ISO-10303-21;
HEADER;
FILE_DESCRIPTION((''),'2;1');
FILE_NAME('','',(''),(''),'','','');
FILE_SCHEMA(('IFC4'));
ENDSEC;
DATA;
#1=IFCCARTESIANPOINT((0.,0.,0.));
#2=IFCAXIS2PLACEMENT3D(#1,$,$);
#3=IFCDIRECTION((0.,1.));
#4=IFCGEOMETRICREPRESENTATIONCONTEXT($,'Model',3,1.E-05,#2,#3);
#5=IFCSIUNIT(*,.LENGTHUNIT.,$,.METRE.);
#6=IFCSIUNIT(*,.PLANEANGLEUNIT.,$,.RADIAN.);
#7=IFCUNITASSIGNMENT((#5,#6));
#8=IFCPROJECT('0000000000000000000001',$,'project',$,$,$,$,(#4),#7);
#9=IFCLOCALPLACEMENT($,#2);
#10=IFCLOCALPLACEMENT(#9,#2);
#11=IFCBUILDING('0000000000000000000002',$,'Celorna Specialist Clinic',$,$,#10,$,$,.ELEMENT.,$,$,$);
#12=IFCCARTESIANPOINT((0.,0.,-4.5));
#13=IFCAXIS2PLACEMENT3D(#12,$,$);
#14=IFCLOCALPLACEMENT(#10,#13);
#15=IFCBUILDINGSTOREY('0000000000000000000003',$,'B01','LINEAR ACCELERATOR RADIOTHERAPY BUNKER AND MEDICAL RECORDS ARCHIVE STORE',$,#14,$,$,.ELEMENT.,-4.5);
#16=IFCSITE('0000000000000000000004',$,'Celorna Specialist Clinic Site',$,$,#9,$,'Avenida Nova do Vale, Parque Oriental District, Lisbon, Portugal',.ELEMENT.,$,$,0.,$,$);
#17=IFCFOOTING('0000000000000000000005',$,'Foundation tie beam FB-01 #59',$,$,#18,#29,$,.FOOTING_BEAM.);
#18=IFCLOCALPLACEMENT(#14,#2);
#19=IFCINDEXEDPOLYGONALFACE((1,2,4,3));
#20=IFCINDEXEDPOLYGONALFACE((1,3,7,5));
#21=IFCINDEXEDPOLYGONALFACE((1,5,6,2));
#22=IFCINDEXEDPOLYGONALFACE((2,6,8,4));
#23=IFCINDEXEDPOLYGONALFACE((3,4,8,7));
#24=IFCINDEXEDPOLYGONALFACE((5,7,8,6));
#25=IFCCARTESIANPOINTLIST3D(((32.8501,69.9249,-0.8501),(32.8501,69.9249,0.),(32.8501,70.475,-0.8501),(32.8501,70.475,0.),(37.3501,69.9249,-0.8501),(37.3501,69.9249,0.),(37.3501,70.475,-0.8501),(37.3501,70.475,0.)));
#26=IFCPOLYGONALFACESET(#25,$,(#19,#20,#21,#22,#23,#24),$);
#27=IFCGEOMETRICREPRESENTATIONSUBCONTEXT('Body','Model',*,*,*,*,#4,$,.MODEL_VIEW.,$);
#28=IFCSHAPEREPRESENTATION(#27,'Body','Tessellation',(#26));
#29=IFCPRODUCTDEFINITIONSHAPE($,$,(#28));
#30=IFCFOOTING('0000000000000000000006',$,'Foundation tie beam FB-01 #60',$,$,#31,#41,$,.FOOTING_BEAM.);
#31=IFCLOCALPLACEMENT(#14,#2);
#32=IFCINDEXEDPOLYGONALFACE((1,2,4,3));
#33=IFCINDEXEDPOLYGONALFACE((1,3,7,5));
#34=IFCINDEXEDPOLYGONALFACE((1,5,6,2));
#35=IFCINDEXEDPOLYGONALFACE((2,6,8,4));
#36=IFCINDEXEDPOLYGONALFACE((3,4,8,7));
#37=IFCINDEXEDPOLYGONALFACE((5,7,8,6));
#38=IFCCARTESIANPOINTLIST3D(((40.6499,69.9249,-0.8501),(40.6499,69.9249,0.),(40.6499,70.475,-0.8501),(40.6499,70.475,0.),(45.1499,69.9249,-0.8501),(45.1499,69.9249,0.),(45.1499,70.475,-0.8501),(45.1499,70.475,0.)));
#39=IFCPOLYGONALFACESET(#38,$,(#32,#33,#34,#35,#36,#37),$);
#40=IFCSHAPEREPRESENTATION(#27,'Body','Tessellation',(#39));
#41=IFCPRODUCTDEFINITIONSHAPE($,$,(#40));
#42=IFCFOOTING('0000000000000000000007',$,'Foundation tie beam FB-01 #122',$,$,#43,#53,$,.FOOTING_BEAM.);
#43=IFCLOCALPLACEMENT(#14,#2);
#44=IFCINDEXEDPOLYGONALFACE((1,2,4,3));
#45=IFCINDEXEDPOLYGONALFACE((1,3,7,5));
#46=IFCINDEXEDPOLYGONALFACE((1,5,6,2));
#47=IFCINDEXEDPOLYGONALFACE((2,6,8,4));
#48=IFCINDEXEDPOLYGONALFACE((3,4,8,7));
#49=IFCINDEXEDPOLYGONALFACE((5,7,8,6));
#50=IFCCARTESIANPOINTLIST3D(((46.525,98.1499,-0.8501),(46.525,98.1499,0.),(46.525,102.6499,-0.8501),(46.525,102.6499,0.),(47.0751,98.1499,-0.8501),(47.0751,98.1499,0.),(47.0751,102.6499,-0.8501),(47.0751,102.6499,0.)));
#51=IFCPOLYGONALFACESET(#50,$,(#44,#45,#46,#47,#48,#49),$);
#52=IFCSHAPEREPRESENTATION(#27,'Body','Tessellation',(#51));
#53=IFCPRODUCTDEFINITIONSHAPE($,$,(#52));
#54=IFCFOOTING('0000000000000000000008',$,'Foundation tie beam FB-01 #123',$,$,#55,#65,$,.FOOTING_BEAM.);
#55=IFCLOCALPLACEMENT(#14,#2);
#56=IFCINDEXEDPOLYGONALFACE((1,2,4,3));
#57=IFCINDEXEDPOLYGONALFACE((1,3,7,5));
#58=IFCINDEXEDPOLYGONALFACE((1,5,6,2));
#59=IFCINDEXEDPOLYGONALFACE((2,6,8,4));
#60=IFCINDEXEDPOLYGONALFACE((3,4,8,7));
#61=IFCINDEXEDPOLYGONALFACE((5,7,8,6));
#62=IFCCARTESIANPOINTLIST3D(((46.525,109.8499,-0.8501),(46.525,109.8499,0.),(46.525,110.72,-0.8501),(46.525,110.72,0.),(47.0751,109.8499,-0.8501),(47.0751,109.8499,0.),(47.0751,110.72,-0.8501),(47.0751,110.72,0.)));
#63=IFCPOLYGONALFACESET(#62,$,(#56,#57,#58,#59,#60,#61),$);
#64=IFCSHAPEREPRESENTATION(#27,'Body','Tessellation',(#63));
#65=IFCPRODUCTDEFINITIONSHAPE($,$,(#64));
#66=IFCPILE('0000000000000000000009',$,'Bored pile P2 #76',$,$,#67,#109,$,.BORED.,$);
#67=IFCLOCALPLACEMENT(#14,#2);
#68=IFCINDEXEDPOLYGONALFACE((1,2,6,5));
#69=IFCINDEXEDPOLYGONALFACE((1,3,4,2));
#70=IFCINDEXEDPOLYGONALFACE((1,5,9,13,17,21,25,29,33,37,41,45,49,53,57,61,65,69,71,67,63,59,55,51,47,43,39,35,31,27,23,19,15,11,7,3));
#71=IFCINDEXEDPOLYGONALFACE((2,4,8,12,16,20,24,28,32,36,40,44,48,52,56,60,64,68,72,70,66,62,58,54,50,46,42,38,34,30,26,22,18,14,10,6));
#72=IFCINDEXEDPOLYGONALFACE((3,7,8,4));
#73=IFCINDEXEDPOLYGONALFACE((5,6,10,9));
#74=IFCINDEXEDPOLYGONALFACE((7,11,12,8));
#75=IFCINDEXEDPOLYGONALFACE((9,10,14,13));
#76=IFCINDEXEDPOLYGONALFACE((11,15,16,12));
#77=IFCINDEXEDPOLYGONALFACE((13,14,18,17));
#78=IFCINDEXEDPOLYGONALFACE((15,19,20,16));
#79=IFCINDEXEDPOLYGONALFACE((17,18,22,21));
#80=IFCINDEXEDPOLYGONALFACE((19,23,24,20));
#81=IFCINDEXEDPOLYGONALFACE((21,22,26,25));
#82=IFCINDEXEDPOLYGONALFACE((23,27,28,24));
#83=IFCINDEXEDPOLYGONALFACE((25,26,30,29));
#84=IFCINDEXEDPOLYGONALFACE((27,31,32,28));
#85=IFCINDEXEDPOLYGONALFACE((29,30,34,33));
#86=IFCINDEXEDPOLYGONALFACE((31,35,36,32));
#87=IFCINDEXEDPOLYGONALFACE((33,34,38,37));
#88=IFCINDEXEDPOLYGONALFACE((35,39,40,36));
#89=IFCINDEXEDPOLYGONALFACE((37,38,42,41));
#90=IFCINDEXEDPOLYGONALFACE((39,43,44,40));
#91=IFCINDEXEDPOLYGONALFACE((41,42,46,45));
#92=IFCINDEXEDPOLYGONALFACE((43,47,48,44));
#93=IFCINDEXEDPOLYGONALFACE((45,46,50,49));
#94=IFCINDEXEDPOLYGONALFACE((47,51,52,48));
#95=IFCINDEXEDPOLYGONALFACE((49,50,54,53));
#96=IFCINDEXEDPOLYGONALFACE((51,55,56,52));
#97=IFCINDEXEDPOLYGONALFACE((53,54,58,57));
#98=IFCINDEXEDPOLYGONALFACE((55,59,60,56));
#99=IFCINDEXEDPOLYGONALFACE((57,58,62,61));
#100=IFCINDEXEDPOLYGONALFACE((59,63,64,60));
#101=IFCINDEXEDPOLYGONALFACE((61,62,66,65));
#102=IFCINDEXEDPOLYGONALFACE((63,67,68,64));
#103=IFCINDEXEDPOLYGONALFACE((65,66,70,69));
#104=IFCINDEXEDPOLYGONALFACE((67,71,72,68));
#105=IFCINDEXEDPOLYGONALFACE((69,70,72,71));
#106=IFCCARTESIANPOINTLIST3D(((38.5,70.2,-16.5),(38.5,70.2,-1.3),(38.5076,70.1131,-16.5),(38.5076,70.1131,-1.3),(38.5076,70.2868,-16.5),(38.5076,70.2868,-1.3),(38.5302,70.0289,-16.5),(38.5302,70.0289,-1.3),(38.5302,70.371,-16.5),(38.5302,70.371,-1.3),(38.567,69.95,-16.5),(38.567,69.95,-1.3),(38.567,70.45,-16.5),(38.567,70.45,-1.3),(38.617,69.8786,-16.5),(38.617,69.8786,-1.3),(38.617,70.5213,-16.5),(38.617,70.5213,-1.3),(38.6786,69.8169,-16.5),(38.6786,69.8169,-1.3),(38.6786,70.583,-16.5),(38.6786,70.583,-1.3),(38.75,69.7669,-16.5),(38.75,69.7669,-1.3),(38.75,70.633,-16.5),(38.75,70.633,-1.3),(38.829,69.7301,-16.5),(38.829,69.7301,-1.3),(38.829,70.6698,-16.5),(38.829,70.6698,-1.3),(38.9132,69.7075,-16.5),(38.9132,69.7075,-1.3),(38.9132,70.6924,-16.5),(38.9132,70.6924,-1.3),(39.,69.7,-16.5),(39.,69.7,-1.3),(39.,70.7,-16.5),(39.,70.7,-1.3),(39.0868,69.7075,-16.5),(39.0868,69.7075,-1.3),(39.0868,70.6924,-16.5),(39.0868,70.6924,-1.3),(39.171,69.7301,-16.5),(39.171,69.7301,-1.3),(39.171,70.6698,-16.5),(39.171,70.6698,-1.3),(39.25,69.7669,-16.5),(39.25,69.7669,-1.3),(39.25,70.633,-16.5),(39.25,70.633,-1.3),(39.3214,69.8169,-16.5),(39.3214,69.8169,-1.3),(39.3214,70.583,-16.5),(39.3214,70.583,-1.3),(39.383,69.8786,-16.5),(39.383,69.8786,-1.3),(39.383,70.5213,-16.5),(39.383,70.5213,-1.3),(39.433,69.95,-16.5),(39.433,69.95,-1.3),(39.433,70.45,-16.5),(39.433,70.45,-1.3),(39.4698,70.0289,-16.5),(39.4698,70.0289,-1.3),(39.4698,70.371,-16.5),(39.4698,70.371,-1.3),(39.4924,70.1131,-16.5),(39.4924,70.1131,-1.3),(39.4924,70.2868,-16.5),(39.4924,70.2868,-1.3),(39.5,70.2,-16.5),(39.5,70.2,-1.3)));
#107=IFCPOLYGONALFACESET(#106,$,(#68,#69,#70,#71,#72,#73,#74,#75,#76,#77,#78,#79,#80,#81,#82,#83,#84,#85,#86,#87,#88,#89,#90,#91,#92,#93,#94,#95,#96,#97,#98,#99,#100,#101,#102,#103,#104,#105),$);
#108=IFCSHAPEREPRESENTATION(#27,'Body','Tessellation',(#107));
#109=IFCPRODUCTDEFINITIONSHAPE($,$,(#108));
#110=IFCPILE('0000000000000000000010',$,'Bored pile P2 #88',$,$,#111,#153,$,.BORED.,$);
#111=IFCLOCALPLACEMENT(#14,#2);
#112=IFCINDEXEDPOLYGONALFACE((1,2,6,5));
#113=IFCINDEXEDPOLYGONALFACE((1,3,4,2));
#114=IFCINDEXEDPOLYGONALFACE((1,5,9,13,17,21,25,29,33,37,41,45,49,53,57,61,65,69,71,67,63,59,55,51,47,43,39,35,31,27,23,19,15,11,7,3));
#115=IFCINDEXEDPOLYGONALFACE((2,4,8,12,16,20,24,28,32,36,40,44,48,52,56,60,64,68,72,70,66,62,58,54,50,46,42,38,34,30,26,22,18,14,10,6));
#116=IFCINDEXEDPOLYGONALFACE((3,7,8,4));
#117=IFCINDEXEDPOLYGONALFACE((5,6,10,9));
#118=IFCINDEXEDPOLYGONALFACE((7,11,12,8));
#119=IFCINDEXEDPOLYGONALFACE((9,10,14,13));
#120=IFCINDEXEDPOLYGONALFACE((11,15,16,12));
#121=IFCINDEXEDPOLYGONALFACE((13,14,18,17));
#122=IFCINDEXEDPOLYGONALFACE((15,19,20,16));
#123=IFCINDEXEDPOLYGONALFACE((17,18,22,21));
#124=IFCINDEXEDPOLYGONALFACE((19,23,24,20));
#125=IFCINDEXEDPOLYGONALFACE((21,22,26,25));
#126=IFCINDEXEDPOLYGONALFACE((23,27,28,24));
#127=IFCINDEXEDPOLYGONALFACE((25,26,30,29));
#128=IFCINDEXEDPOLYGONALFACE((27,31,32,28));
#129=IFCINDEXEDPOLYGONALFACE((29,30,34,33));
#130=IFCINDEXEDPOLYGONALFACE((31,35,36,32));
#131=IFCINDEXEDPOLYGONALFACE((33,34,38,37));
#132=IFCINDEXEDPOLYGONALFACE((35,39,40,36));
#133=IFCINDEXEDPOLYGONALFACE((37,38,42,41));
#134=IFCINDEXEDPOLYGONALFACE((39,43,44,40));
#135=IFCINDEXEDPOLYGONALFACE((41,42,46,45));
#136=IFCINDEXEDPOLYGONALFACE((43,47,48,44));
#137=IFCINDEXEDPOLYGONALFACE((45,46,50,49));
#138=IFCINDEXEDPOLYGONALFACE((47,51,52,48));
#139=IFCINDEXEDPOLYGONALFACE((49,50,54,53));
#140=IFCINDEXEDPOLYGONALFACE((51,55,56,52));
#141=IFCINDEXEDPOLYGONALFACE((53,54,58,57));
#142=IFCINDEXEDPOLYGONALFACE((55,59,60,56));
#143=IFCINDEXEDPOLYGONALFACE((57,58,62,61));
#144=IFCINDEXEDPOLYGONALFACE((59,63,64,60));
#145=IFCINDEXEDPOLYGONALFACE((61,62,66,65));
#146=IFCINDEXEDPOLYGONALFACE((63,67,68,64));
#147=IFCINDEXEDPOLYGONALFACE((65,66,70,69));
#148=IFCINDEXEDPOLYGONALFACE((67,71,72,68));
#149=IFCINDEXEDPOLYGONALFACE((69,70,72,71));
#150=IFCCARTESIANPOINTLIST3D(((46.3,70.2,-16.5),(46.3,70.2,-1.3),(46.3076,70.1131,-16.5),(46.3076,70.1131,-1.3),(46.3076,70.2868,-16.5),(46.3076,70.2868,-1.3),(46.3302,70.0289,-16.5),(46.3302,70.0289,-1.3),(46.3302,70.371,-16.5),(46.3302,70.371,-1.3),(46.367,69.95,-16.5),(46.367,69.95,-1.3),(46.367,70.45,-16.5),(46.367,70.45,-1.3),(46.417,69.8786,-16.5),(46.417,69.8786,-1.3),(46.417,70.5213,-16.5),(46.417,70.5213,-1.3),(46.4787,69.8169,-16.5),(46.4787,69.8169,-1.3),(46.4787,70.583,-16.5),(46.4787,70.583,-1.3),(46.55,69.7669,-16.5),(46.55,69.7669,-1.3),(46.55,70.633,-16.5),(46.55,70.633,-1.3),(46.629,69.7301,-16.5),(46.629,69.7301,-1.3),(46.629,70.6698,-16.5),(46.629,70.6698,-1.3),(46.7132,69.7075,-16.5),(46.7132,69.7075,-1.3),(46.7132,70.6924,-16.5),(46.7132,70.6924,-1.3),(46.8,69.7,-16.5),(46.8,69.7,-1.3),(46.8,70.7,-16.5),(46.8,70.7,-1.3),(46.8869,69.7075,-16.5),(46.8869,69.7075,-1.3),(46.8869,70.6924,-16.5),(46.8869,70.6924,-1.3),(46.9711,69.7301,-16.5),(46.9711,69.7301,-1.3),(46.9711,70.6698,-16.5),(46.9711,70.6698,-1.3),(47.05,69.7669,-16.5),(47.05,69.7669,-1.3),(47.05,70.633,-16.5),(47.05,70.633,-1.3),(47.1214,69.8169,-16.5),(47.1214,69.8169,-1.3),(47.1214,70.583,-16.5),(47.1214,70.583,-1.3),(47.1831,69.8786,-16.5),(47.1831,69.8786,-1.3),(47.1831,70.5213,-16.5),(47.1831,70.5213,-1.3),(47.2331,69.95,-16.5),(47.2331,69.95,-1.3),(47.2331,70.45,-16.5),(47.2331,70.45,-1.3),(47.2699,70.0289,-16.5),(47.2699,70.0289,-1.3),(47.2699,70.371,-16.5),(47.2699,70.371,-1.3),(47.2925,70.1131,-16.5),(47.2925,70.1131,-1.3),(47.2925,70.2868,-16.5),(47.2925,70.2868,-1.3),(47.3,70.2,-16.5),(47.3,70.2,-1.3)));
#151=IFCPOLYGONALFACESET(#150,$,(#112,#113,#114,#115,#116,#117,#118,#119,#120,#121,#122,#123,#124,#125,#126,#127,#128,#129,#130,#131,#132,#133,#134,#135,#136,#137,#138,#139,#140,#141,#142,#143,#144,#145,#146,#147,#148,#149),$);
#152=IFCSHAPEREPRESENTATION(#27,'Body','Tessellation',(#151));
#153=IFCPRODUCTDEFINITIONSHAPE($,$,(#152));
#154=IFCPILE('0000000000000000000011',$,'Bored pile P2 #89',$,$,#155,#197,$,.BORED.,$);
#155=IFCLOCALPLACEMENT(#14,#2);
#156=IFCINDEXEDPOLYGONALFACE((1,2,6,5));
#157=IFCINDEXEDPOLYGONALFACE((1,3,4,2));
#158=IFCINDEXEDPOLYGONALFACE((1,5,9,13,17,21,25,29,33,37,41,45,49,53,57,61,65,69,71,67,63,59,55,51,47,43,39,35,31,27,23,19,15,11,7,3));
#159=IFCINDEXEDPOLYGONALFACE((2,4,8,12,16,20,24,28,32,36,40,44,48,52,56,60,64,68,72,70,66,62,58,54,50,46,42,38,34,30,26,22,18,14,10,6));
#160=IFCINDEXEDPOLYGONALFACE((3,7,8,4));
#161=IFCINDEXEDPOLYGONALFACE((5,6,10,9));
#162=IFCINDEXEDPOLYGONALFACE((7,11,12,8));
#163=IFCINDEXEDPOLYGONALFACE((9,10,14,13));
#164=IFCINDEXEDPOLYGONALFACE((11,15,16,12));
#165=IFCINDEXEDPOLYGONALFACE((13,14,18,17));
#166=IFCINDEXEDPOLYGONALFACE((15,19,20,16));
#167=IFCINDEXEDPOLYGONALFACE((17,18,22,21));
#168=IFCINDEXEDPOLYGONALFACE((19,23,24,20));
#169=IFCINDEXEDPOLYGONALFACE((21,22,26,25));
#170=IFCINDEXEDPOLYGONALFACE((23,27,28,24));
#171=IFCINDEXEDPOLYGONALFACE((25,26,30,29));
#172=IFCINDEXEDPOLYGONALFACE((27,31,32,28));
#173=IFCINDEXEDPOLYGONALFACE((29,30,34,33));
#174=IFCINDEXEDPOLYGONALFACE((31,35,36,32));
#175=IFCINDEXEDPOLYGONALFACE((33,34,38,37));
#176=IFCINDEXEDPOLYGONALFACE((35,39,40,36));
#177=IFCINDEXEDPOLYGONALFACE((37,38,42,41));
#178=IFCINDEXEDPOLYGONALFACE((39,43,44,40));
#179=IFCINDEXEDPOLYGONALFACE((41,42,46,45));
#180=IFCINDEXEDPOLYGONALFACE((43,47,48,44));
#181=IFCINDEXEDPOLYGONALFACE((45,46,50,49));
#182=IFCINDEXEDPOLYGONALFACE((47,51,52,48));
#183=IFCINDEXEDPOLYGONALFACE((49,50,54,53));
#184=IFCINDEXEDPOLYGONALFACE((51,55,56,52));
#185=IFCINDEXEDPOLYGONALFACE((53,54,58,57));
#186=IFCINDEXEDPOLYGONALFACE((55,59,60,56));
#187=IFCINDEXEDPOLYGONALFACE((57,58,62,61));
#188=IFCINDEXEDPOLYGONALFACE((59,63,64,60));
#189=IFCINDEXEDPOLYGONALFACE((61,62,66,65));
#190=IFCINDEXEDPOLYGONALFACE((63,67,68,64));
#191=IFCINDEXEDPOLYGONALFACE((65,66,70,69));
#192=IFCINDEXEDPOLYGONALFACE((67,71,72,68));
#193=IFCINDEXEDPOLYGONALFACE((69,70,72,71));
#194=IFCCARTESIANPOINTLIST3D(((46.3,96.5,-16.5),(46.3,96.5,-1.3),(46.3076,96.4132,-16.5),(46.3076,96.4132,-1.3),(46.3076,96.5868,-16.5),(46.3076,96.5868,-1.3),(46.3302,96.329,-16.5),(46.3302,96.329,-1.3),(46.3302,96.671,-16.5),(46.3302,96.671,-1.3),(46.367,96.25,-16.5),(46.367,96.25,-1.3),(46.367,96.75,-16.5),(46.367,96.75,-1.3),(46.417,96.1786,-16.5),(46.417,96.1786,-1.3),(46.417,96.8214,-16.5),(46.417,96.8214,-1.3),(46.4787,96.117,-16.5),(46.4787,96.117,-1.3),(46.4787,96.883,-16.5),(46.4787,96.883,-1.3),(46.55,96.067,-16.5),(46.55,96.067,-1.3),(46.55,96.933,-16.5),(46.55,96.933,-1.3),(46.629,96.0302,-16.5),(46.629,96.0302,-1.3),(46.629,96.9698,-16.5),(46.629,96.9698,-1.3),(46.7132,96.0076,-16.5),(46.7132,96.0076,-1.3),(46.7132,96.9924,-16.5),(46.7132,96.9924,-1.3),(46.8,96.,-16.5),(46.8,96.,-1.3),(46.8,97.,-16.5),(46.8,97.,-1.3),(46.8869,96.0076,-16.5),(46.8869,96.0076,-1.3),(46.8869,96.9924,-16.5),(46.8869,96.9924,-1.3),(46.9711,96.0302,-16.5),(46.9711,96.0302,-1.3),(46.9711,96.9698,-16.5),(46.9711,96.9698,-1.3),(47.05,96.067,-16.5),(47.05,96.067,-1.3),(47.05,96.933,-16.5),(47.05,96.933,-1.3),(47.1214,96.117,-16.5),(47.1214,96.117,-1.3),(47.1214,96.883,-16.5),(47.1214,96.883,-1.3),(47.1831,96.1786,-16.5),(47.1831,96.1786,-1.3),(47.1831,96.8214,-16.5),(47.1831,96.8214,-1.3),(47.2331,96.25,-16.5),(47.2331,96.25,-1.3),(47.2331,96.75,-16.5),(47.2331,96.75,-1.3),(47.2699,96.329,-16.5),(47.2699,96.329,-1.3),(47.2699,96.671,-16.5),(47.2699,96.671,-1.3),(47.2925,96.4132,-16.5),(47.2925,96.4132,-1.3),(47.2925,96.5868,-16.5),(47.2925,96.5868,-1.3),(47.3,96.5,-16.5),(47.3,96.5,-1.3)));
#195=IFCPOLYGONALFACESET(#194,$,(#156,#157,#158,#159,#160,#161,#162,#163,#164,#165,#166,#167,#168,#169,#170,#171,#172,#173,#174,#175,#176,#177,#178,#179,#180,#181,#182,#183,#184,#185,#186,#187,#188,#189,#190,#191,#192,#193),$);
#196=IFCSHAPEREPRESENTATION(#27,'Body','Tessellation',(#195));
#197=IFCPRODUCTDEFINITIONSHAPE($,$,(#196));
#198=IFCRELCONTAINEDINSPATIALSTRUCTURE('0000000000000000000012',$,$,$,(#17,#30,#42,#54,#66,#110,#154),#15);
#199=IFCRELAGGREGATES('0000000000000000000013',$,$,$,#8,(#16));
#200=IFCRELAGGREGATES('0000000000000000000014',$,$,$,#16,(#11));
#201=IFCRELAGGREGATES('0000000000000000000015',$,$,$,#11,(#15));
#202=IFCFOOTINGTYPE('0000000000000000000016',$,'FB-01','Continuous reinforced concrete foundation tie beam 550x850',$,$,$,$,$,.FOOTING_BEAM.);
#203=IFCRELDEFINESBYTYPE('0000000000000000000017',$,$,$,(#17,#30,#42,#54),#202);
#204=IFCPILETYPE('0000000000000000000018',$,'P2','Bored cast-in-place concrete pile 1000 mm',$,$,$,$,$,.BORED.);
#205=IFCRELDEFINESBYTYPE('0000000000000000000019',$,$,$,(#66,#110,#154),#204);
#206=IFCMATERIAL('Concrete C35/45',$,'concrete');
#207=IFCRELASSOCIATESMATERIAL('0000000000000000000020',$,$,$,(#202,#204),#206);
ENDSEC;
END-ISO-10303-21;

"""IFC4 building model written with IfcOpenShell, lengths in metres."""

from ifc_helpers import new_model, si_unit, direction, frame, origin, origin_2d, place, context, subcontext, project, spatial, rectangle, circle, extrude, material, material_profile, profile_set, type_object, element, save


model = new_model("IFC4")

# Units and contexts
model_context = context("Model", 3, precision=1e-05, world=origin(), true_north=direction((0.0, 1.0)))
body_context = subcontext(model_context, "Body", "Model", "MODEL_VIEW")
ifc_project = project(units=[si_unit("LENGTHUNIT", "METRE"), si_unit("PLANEANGLEUNIT", "RADIAN")], contexts=[model_context])

# Site, building, storey
site_placement = place(None, origin())
site = spatial("IfcSite", under=ifc_project, at=site_placement, Name="Celorna Specialist Clinic Site", LongName="Avenida Nova do Vale, Parque Oriental District, Lisbon, Portugal", CompositionType="ELEMENT", RefElevation=0.0)
building_placement = place(site_placement, origin())
building = spatial("IfcBuilding", under=site, at=building_placement, Name="Celorna Specialist Clinic", CompositionType="ELEMENT")
storey_placement = place(building_placement, frame((0.0, 0.0, -4.5)))
storey = spatial("IfcBuildingStorey", under=building, at=storey_placement, Name="B01", Description="LINEAR ACCELERATOR RADIOTHERAPY BUNKER AND MEDICAL RECORDS ARCHIVE STORE", CompositionType="ELEMENT", Elevation=-4.5)

# Footings
ifc_material_1 = material(Name="Concrete C35/45", Category="concrete")
footing_type_1 = type_object("IfcFootingType", Name="FB-01", Description="Continuous reinforced concrete foundation tie beam 550x850", PredefinedType="FOOTING_BEAM", material=ifc_material_1)
for number, where, z_axis, x_axis, name in (
    (1, (35.1001, 70.2, -0.8501), (0.0, 0.0, 1.0), (1.0, 0.0, 0.0), "Foundation tie beam FB-01 #59"),
    (2, (42.8999, 70.2, -0.8501), (0.0, 0.0, 1.0), (1.0, 0.0, 0.0), "Foundation tie beam FB-01 #60"),
    (3, (46.8, 100.3999, -0.8501), (0.0, 0.0, 1.0), (0.0, 1.0, 0.0), "Foundation tie beam FB-01 #122"),
):
    element("IfcFooting", number, at=place(storey_placement, frame(where, z_axis=z_axis, x_axis=x_axis)), inside=storey, type_object=footing_type_1, Name=name, PredefinedType="FOOTING_BEAM", context=body_context, shape_type="SweptSolid", body=[
        extrude(rectangle(XDim=4.5, YDim=0.55, at=origin_2d()), origin(), (0.0, 0.0, 1.0), 0.8501),
    ])
footing_placement = place(storey_placement, frame((46.8, 110.2849, -0.8501), z_axis=(0.0, 0.0, 1.0), x_axis=(0.0, 1.0, 0.0)))
element("IfcFooting", 4, at=footing_placement, inside=storey, type_object=footing_type_1, Name="Foundation tie beam FB-01 #123", PredefinedType="FOOTING_BEAM", context=body_context, shape_type="SweptSolid", body=[
    extrude(rectangle(XDim=0.8701, YDim=0.55, at=origin_2d()), origin(), (0.0, 0.0, 1.0), 0.8501),
])

# Piles
ifc_material_profile_1 = material_profile(ifc_material_1, circle(Radius=0.5, at=origin_2d()), Name="BORED PILE 1000")
ifc_profile_set_1 = profile_set([ifc_material_profile_1], Name="Concrete C35/45")
pile_type_1 = type_object("IfcPileType", Name="P2", Description="Bored cast-in-place concrete pile 1000 mm", PredefinedType="BORED", material=ifc_profile_set_1)
for number, where, z_axis, x_axis, name in (
    (5, (39.0, 70.2, -1.3), (0.0, 0.0, -1.0), (1.0, 0.0, 0.0), "Bored pile P2 #76"),
    (6, (46.8, 70.2, -1.3), (0.0, 0.0, -1.0), (1.0, 0.0, 0.0), "Bored pile P2 #88"),
    (7, (46.8, 96.5, -1.3), (0.0, 0.0, -1.0), (1.0, 0.0, 0.0), "Bored pile P2 #89"),
):
    element("IfcPile", number, at=place(storey_placement, frame(where, z_axis=z_axis, x_axis=x_axis)), inside=storey, type_object=pile_type_1, Name=name, PredefinedType="BORED", context=body_context, shape_type="SweptSolid", body=[
        extrude(circle(Radius=0.5, at=origin_2d()), origin(), (0.0, 0.0, 1.0), 15.2),
    ])

save(model, "model.ifc")
